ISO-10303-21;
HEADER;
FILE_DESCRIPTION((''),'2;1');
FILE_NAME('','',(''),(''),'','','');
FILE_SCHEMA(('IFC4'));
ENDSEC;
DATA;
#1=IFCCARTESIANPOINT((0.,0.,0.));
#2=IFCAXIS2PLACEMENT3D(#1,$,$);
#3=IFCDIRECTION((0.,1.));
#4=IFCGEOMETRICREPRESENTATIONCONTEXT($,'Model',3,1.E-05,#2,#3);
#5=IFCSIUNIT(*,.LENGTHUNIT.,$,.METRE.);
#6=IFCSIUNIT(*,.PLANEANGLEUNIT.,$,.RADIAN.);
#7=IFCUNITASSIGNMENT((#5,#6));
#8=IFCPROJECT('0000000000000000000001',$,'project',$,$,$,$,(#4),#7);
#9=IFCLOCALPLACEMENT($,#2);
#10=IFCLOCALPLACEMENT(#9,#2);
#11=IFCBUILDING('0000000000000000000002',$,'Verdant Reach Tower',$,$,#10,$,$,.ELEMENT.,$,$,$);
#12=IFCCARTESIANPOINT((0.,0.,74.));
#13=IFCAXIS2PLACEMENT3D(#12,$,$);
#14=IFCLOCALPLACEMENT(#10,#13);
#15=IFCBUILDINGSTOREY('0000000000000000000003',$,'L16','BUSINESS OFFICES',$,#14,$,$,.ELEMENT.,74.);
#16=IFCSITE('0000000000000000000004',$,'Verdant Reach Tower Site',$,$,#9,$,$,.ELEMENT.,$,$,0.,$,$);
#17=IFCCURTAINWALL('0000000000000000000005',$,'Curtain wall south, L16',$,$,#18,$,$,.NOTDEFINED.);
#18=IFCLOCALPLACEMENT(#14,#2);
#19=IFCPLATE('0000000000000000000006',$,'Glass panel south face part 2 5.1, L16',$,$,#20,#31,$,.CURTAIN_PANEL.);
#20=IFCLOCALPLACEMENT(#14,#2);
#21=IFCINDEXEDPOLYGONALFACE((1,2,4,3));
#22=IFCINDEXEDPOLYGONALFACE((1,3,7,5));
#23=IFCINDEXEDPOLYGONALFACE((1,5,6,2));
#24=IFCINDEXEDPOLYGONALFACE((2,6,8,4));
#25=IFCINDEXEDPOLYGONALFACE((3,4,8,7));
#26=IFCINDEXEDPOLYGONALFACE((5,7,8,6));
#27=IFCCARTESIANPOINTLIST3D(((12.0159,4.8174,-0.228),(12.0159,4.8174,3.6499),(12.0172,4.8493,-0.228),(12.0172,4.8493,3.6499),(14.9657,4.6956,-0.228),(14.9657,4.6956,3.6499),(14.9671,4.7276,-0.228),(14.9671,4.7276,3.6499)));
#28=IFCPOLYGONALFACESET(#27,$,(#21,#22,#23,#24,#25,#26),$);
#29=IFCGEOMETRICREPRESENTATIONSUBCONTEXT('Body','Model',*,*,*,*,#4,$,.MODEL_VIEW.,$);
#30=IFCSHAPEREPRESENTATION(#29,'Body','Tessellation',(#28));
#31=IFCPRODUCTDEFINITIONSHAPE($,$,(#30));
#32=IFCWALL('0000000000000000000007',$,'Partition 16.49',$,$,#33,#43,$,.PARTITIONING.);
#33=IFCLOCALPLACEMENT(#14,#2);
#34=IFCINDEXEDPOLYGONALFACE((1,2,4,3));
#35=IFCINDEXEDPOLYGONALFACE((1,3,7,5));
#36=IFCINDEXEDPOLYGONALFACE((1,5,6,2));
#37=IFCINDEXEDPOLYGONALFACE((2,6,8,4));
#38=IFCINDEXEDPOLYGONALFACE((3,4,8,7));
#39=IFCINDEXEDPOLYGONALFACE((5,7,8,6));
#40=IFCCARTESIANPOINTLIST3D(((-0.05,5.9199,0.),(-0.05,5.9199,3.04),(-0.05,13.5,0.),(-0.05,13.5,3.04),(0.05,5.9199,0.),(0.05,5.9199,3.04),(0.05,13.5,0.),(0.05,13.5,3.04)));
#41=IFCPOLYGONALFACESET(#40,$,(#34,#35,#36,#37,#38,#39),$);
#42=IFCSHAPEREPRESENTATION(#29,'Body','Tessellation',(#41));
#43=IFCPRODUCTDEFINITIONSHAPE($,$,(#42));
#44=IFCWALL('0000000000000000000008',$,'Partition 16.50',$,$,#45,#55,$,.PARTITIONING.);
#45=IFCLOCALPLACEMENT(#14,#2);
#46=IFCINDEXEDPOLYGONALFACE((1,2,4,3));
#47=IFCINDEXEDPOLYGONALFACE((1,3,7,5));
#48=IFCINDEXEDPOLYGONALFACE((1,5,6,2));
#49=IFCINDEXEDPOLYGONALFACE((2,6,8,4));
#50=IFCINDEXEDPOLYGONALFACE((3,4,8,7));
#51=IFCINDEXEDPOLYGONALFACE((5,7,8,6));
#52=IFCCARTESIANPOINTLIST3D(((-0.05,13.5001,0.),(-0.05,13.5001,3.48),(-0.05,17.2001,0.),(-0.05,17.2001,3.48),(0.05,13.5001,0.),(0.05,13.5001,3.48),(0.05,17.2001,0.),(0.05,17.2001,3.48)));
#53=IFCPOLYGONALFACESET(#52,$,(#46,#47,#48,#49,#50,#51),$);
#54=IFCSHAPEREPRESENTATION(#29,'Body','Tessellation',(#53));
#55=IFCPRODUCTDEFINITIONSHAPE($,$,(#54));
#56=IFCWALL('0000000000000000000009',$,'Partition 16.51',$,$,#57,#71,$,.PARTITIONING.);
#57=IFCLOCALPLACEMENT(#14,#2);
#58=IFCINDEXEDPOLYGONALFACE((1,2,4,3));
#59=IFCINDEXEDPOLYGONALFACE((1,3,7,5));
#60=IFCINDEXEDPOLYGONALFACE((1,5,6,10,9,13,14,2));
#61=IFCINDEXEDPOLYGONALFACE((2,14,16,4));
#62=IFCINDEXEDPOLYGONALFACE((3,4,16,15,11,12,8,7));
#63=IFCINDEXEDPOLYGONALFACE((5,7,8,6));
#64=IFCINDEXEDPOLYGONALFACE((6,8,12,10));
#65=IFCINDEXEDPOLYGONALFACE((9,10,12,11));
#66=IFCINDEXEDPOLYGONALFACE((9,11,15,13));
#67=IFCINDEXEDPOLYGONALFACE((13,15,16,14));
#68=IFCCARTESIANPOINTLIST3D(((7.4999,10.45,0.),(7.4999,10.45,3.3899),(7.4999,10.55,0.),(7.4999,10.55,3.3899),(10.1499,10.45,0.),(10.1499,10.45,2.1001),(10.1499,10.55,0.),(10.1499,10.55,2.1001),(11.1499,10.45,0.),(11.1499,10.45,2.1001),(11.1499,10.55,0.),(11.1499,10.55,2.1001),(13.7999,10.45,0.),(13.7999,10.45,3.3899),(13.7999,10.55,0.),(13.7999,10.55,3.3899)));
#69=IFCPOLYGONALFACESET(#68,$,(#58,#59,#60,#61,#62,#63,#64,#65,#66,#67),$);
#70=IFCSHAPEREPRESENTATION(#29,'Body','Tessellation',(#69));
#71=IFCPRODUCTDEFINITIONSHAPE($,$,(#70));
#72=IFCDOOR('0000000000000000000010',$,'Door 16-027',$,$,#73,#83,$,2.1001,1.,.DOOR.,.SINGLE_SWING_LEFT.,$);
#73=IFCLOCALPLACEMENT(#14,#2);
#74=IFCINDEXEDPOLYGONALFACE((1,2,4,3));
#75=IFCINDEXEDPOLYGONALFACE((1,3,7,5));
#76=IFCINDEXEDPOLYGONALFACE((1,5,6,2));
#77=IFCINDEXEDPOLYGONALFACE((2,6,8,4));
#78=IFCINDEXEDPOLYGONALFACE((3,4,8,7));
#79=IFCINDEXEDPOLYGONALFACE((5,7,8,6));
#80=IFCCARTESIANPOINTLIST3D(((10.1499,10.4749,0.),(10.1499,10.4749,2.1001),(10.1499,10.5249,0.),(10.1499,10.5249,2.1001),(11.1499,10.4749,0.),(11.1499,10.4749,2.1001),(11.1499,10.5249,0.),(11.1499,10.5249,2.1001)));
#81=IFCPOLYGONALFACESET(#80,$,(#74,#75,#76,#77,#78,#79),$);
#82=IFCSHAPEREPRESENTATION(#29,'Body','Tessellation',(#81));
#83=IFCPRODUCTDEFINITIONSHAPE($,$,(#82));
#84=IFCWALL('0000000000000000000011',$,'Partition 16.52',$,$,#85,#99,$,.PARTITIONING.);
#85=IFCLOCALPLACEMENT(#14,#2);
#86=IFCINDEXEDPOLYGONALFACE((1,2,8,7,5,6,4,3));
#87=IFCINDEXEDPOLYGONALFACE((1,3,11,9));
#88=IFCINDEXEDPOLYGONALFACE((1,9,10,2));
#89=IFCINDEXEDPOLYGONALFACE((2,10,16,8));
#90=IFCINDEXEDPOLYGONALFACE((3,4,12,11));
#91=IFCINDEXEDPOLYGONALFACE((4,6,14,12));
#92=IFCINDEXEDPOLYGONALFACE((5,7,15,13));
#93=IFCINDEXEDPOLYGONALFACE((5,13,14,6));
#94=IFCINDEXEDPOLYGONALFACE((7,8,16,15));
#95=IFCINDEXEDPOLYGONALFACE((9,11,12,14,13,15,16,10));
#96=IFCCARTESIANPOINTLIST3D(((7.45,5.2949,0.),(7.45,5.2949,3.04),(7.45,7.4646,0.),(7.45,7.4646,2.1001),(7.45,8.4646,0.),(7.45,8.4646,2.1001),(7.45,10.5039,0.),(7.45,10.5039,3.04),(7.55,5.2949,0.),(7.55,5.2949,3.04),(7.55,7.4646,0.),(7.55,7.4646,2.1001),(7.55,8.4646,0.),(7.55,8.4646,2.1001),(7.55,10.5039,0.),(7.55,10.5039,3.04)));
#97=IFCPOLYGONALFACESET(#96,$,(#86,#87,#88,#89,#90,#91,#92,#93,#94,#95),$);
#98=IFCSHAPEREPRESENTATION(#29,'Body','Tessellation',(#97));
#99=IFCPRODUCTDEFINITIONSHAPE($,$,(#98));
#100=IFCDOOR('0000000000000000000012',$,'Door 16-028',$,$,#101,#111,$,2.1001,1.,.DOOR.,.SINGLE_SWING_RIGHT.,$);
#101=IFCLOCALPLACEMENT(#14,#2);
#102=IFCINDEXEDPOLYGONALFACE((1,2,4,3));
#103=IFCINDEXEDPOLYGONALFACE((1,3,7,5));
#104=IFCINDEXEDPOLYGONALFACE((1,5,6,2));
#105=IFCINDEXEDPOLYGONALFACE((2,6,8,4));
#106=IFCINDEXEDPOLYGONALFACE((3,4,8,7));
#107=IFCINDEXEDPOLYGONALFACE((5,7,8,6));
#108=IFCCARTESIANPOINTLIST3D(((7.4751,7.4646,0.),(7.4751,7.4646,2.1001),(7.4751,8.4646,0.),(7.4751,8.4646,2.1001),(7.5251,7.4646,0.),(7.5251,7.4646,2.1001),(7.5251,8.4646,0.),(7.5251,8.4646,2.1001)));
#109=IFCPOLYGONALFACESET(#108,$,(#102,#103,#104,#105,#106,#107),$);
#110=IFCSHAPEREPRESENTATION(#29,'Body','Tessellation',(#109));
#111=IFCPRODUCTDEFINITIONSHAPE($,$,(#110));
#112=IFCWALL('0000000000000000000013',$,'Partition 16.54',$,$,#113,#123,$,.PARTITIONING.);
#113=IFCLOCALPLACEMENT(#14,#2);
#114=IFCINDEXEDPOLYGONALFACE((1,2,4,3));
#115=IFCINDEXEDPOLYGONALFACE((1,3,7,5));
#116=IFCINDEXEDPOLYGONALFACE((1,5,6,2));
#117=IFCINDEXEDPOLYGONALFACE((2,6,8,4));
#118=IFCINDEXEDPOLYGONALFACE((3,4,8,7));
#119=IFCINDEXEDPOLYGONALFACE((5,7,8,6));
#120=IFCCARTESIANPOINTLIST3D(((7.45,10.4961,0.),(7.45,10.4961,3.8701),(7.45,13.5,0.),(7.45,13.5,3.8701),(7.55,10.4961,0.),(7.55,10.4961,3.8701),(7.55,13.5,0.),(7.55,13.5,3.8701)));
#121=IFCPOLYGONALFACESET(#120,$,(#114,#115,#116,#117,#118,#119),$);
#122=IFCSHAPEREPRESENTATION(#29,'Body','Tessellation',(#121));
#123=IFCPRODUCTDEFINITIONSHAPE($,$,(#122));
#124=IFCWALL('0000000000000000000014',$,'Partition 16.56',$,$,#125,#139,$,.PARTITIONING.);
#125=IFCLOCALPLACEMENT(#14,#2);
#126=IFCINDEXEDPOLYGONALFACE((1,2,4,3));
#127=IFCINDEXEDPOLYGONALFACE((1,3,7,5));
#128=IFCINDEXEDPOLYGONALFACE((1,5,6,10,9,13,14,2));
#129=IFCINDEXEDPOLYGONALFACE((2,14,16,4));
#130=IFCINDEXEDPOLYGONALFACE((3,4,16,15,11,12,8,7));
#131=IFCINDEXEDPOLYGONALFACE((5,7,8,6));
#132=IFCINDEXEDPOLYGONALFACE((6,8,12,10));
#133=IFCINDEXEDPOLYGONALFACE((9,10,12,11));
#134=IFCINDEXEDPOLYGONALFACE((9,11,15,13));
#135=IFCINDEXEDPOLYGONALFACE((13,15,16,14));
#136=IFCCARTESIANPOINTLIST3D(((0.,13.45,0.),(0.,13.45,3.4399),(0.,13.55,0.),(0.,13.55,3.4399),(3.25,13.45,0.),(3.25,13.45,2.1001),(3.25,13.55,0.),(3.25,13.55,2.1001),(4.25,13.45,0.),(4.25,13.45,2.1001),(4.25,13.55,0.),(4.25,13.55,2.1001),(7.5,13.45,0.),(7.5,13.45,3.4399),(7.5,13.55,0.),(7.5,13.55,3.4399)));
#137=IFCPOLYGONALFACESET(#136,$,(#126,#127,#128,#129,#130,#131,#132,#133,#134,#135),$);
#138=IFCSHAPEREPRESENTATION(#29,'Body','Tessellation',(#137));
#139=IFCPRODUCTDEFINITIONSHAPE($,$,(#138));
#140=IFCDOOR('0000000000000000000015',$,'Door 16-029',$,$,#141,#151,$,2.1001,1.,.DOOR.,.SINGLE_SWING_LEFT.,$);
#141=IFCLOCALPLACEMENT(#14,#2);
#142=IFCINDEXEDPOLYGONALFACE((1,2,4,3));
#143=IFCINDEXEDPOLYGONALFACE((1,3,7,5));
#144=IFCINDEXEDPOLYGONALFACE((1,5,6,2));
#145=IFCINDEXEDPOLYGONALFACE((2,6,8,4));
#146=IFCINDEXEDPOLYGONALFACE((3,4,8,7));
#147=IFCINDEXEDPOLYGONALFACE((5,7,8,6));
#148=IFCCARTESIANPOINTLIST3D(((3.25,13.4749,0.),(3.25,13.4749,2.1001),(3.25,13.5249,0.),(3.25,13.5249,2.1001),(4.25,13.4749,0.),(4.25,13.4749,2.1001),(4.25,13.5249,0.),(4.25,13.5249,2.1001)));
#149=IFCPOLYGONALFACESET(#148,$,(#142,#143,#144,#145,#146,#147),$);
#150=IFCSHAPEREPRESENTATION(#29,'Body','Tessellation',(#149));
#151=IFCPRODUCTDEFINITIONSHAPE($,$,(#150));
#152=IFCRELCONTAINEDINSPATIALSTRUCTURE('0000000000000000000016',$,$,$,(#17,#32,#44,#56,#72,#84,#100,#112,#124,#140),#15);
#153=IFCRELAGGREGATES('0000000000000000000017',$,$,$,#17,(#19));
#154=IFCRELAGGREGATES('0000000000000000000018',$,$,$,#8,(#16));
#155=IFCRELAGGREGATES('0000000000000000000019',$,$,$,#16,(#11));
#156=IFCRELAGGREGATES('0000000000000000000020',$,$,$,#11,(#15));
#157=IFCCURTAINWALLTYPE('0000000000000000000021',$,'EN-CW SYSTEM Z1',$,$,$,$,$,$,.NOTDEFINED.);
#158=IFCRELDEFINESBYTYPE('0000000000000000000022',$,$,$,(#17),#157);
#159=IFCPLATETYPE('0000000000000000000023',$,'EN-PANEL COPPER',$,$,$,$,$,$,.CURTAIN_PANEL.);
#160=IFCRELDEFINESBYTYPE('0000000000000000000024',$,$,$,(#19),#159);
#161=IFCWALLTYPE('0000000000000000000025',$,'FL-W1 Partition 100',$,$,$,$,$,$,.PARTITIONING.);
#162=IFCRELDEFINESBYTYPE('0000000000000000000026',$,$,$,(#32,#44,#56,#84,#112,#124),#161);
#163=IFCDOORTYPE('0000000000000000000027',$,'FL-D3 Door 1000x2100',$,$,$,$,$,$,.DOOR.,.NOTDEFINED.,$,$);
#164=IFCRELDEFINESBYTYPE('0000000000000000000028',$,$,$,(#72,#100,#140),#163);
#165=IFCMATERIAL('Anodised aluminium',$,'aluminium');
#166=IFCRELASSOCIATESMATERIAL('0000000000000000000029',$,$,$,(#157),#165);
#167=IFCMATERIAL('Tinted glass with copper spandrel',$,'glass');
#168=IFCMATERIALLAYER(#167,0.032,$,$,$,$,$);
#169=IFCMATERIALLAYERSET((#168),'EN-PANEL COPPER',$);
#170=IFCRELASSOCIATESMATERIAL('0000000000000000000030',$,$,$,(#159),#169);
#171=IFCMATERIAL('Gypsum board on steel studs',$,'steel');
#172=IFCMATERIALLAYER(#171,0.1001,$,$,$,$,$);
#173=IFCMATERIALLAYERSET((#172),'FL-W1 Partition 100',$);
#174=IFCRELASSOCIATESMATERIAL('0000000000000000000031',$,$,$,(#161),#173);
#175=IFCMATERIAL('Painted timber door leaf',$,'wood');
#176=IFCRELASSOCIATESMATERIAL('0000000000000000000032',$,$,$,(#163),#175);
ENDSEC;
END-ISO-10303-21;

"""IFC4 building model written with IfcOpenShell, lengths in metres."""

from ifc_helpers import new_model, si_unit, direction, frame, frame_2d, origin, origin_2d, place, context, subcontext, project, spatial, rectangle, extrude, material, layer, layer_set, type_object, element, fill, aggregate, save


model = new_model("IFC4")

# Units and contexts
model_context = context("Model", 3, precision=1e-05, world=origin(), true_north=direction((0.0, 1.0)))
body_context = subcontext(model_context, "Body", "Model", "MODEL_VIEW")
ifc_project = project(units=[si_unit("LENGTHUNIT", "METRE"), si_unit("PLANEANGLEUNIT", "RADIAN")], contexts=[model_context])

# Site, building, storey
site_placement = place(None, origin())
site = spatial("IfcSite", under=ifc_project, at=site_placement, Name="Verdant Reach Tower Site", CompositionType="ELEMENT", RefElevation=0.0)
building_placement = place(site_placement, origin())
building = spatial("IfcBuilding", under=site, at=building_placement, Name="Verdant Reach Tower", CompositionType="ELEMENT")
storey_placement = place(building_placement, frame((0.0, 0.0, 74.0)))
storey = spatial("IfcBuildingStorey", under=building, at=storey_placement, Name="L16", Description="BUSINESS OFFICES", CompositionType="ELEMENT", Elevation=74.0)

# Curtain wall
ifc_material_1 = material(Name="Anodised aluminium", Category="aluminium")
curtain_wall_type = type_object("IfcCurtainWallType", Name="EN-CW SYSTEM Z1", PredefinedType="NOTDEFINED", material=ifc_material_1)
curtain_wall_placement = place(storey_placement, origin())
curtain_wall = element("IfcCurtainWall", 1, at=curtain_wall_placement, inside=storey, type_object=curtain_wall_type, Name="Curtain wall south, L16", PredefinedType="NOTDEFINED")

# Plate
ifc_material_2 = material(Name="Tinted glass with copper spandrel", Category="glass")
ifc_layer_1 = layer(ifc_material_2, 0.032)
ifc_layer_set_1 = layer_set([ifc_layer_1], Name="EN-PANEL COPPER")
plate_type_1 = type_object("IfcPlateType", Name="EN-PANEL COPPER", PredefinedType="CURTAIN_PANEL", material=ifc_layer_set_1)
plate_1_placement = place(storey_placement, frame((13.4915, 4.7725, -0.228), z_axis=(0.0, 0.0, 1.0), x_axis=(0.999149, -0.041242, 0.0)))
plate_1 = element("IfcPlate", 2, at=plate_1_placement, type_object=plate_type_1, Name="Glass panel south face part 2 5.1, L16", PredefinedType="CURTAIN_PANEL", context=body_context, shape_type="SweptSolid", body=[
    extrude(rectangle(XDim=2.9524, YDim=0.032, at=origin_2d()), origin(), (0.0, 0.0, 1.0), 3.8779),
])
aggregate(curtain_wall, [plate_1])

# Walls
ifc_material_3 = material(Name="Gypsum board on steel studs", Category="steel")
ifc_layer_2 = layer(ifc_material_3, 0.1001)
ifc_layer_set_2 = layer_set([ifc_layer_2], Name="FL-W1 Partition 100")
wall_type = type_object("IfcWallType", Name="FL-W1 Partition 100", PredefinedType="PARTITIONING", material=ifc_layer_set_2)
wall_1_placement = place(storey_placement, frame((0.0, 5.9199, 0.0), z_axis=(0.0, 0.0, 1.0), x_axis=(0.0, 1.0, 0.0)))
element("IfcWall", 3, at=wall_1_placement, inside=storey, type_object=wall_type, Name="Partition 16.49", PredefinedType="PARTITIONING", context=body_context, shape_type="SweptSolid", body=[
    extrude(rectangle(XDim=7.5801, YDim=0.1001, at=frame_2d((3.79, 0.0))), origin(), (0.0, 0.0, 1.0), 3.04),
])
wall_2_placement = place(storey_placement, frame((0.0, 13.5, 0.0), z_axis=(0.0, 0.0, 1.0), x_axis=(0.0, 1.0, 0.0)))
element("IfcWall", 4, at=wall_2_placement, inside=storey, type_object=wall_type, Name="Partition 16.50", PredefinedType="PARTITIONING", context=body_context, shape_type="SweptSolid", body=[
    extrude(rectangle(XDim=3.7, YDim=0.1001, at=frame_2d((1.8501, 0.0))), origin(), (0.0, 0.0, 1.0), 3.48),
])

# Walls, openings, doors
wall_3_placement = place(storey_placement, frame((7.5, 10.5, 0.0), z_axis=(0.0, 0.0, 1.0), x_axis=(1.0, 0.0, 0.0)))
wall_3 = element("IfcWall", 5, at=wall_3_placement, inside=storey, type_object=wall_type, Name="Partition 16.51", PredefinedType="PARTITIONING", context=body_context, shape_type="SweptSolid", body=[
    extrude(rectangle(XDim=6.3, YDim=0.1001, at=frame_2d((3.1499, 0.0))), origin(), (0.0, 0.0, 1.0), 3.3899),
])
opening_1_placement = place(wall_3_placement, frame((2.6499, 0.0, 0.0)))
opening_1 = element("IfcOpeningElement", 6, at=opening_1_placement, cuts=wall_3, PredefinedType="OPENING", context=body_context, shape_type="SweptSolid", body=[
    extrude(rectangle(XDim=1.0, YDim=2.1001, at=frame_2d((0.5, 1.05))), frame((0.0, 0.0601, 0.0), z_axis=(0.0, -1.0, 0.0), x_axis=(1.0, 0.0, 0.0)), (0.0, 0.0, 1.0), 0.1201),
])
ifc_material_4 = material(Name="Painted timber door leaf", Category="wood")
door_type = type_object("IfcDoorType", Name="FL-D3 Door 1000x2100", OperationType="NOTDEFINED", PredefinedType="DOOR", material=ifc_material_4)
door_1_placement = place(opening_1_placement, origin())
door_1 = element("IfcDoor", 7, at=door_1_placement, inside=storey, type_object=door_type, Name="Door 16-027", OperationType="SINGLE_SWING_LEFT", OverallHeight=2.1001, OverallWidth=1.0, PredefinedType="DOOR", context=body_context, shape_type="SweptSolid", body=[
    extrude(rectangle(XDim=1.0, YDim=2.1001, at=frame_2d((0.5, 1.05))), frame((0.0, 0.0249, 0.0), z_axis=(0.0, -1.0, 0.0), x_axis=(1.0, 0.0, 0.0)), (0.0, 0.0, 1.0), 0.05),
])
fill(opening_1, door_1)
wall_4_placement = place(storey_placement, frame((7.5, 5.2949, 0.0), z_axis=(0.0, 0.0, 1.0), x_axis=(0.0, 1.0, 0.0)))
wall_4 = element("IfcWall", 8, at=wall_4_placement, inside=storey, type_object=wall_type, Name="Partition 16.52", PredefinedType="PARTITIONING", context=body_context, shape_type="SweptSolid", body=[
    extrude(rectangle(XDim=5.209, YDim=0.1001, at=frame_2d((2.6045, 0.0))), origin(), (0.0, 0.0, 1.0), 3.04),
])
opening_2_placement = place(wall_4_placement, frame((2.1697, 0.0, 0.0)))
opening_2 = element("IfcOpeningElement", 9, at=opening_2_placement, cuts=wall_4, PredefinedType="OPENING", context=body_context, shape_type="SweptSolid", body=[
    extrude(rectangle(XDim=1.0, YDim=2.1001, at=frame_2d((0.5, 1.05))), frame((0.0, 0.0601, 0.0), z_axis=(0.0, -1.0, 0.0), x_axis=(1.0, 0.0, 0.0)), (0.0, 0.0, 1.0), 0.1201),
])
door_2_placement = place(opening_2_placement, origin())
door_2 = element("IfcDoor", 10, at=door_2_placement, inside=storey, type_object=door_type, Name="Door 16-028", OperationType="SINGLE_SWING_RIGHT", OverallHeight=2.1001, OverallWidth=1.0, PredefinedType="DOOR", context=body_context, shape_type="SweptSolid", body=[
    extrude(rectangle(XDim=1.0, YDim=2.1001, at=frame_2d((0.5, 1.05))), frame((0.0, 0.0249, 0.0), z_axis=(0.0, -1.0, 0.0), x_axis=(1.0, 0.0, 0.0)), (0.0, 0.0, 1.0), 0.05),
])
fill(opening_2, door_2)

# Wall
wall_5_placement = place(storey_placement, frame((7.5, 13.5, 0.0), z_axis=(0.0, 0.0, 1.0), x_axis=(0.0, -1.0, 0.0)))
element("IfcWall", 11, at=wall_5_placement, inside=storey, type_object=wall_type, Name="Partition 16.54", PredefinedType="PARTITIONING", context=body_context, shape_type="SweptSolid", body=[
    extrude(rectangle(XDim=3.0039, YDim=0.1001, at=frame_2d((1.502, 0.0))), origin(), (0.0, 0.0, 1.0), 3.8701),
])

# Wall, opening, door
wall_6_placement = place(storey_placement, frame((0.0, 13.5, 0.0), z_axis=(0.0, 0.0, 1.0), x_axis=(1.0, 0.0, 0.0)))
wall_6 = element("IfcWall", 12, at=wall_6_placement, inside=storey, type_object=wall_type, Name="Partition 16.56", PredefinedType="PARTITIONING", context=body_context, shape_type="SweptSolid", body=[
    extrude(rectangle(XDim=7.5, YDim=0.1001, at=frame_2d((3.75, 0.0))), origin(), (0.0, 0.0, 1.0), 3.4399),
])
opening_3_placement = place(wall_6_placement, frame((3.25, 0.0, 0.0)))
opening_3 = element("IfcOpeningElement", 13, at=opening_3_placement, cuts=wall_6, PredefinedType="OPENING", context=body_context, shape_type="SweptSolid", body=[
    extrude(rectangle(XDim=1.0, YDim=2.1001, at=frame_2d((0.5, 1.05))), frame((0.0, 0.0601, 0.0), z_axis=(0.0, -1.0, 0.0), x_axis=(1.0, 0.0, 0.0)), (0.0, 0.0, 1.0), 0.1201),
])
door_3_placement = place(opening_3_placement, origin())
door_3 = element("IfcDoor", 14, at=door_3_placement, inside=storey, type_object=door_type, Name="Door 16-029", OperationType="SINGLE_SWING_LEFT", OverallHeight=2.1001, OverallWidth=1.0, PredefinedType="DOOR", context=body_context, shape_type="SweptSolid", body=[
    extrude(rectangle(XDim=1.0, YDim=2.1001, at=frame_2d((0.5, 1.05))), frame((0.0, 0.0249, 0.0), z_axis=(0.0, -1.0, 0.0), x_axis=(1.0, 0.0, 0.0)), (0.0, 0.0, 1.0), 0.05),
])
fill(opening_3, door_3)

save(model, "model.ifc")
